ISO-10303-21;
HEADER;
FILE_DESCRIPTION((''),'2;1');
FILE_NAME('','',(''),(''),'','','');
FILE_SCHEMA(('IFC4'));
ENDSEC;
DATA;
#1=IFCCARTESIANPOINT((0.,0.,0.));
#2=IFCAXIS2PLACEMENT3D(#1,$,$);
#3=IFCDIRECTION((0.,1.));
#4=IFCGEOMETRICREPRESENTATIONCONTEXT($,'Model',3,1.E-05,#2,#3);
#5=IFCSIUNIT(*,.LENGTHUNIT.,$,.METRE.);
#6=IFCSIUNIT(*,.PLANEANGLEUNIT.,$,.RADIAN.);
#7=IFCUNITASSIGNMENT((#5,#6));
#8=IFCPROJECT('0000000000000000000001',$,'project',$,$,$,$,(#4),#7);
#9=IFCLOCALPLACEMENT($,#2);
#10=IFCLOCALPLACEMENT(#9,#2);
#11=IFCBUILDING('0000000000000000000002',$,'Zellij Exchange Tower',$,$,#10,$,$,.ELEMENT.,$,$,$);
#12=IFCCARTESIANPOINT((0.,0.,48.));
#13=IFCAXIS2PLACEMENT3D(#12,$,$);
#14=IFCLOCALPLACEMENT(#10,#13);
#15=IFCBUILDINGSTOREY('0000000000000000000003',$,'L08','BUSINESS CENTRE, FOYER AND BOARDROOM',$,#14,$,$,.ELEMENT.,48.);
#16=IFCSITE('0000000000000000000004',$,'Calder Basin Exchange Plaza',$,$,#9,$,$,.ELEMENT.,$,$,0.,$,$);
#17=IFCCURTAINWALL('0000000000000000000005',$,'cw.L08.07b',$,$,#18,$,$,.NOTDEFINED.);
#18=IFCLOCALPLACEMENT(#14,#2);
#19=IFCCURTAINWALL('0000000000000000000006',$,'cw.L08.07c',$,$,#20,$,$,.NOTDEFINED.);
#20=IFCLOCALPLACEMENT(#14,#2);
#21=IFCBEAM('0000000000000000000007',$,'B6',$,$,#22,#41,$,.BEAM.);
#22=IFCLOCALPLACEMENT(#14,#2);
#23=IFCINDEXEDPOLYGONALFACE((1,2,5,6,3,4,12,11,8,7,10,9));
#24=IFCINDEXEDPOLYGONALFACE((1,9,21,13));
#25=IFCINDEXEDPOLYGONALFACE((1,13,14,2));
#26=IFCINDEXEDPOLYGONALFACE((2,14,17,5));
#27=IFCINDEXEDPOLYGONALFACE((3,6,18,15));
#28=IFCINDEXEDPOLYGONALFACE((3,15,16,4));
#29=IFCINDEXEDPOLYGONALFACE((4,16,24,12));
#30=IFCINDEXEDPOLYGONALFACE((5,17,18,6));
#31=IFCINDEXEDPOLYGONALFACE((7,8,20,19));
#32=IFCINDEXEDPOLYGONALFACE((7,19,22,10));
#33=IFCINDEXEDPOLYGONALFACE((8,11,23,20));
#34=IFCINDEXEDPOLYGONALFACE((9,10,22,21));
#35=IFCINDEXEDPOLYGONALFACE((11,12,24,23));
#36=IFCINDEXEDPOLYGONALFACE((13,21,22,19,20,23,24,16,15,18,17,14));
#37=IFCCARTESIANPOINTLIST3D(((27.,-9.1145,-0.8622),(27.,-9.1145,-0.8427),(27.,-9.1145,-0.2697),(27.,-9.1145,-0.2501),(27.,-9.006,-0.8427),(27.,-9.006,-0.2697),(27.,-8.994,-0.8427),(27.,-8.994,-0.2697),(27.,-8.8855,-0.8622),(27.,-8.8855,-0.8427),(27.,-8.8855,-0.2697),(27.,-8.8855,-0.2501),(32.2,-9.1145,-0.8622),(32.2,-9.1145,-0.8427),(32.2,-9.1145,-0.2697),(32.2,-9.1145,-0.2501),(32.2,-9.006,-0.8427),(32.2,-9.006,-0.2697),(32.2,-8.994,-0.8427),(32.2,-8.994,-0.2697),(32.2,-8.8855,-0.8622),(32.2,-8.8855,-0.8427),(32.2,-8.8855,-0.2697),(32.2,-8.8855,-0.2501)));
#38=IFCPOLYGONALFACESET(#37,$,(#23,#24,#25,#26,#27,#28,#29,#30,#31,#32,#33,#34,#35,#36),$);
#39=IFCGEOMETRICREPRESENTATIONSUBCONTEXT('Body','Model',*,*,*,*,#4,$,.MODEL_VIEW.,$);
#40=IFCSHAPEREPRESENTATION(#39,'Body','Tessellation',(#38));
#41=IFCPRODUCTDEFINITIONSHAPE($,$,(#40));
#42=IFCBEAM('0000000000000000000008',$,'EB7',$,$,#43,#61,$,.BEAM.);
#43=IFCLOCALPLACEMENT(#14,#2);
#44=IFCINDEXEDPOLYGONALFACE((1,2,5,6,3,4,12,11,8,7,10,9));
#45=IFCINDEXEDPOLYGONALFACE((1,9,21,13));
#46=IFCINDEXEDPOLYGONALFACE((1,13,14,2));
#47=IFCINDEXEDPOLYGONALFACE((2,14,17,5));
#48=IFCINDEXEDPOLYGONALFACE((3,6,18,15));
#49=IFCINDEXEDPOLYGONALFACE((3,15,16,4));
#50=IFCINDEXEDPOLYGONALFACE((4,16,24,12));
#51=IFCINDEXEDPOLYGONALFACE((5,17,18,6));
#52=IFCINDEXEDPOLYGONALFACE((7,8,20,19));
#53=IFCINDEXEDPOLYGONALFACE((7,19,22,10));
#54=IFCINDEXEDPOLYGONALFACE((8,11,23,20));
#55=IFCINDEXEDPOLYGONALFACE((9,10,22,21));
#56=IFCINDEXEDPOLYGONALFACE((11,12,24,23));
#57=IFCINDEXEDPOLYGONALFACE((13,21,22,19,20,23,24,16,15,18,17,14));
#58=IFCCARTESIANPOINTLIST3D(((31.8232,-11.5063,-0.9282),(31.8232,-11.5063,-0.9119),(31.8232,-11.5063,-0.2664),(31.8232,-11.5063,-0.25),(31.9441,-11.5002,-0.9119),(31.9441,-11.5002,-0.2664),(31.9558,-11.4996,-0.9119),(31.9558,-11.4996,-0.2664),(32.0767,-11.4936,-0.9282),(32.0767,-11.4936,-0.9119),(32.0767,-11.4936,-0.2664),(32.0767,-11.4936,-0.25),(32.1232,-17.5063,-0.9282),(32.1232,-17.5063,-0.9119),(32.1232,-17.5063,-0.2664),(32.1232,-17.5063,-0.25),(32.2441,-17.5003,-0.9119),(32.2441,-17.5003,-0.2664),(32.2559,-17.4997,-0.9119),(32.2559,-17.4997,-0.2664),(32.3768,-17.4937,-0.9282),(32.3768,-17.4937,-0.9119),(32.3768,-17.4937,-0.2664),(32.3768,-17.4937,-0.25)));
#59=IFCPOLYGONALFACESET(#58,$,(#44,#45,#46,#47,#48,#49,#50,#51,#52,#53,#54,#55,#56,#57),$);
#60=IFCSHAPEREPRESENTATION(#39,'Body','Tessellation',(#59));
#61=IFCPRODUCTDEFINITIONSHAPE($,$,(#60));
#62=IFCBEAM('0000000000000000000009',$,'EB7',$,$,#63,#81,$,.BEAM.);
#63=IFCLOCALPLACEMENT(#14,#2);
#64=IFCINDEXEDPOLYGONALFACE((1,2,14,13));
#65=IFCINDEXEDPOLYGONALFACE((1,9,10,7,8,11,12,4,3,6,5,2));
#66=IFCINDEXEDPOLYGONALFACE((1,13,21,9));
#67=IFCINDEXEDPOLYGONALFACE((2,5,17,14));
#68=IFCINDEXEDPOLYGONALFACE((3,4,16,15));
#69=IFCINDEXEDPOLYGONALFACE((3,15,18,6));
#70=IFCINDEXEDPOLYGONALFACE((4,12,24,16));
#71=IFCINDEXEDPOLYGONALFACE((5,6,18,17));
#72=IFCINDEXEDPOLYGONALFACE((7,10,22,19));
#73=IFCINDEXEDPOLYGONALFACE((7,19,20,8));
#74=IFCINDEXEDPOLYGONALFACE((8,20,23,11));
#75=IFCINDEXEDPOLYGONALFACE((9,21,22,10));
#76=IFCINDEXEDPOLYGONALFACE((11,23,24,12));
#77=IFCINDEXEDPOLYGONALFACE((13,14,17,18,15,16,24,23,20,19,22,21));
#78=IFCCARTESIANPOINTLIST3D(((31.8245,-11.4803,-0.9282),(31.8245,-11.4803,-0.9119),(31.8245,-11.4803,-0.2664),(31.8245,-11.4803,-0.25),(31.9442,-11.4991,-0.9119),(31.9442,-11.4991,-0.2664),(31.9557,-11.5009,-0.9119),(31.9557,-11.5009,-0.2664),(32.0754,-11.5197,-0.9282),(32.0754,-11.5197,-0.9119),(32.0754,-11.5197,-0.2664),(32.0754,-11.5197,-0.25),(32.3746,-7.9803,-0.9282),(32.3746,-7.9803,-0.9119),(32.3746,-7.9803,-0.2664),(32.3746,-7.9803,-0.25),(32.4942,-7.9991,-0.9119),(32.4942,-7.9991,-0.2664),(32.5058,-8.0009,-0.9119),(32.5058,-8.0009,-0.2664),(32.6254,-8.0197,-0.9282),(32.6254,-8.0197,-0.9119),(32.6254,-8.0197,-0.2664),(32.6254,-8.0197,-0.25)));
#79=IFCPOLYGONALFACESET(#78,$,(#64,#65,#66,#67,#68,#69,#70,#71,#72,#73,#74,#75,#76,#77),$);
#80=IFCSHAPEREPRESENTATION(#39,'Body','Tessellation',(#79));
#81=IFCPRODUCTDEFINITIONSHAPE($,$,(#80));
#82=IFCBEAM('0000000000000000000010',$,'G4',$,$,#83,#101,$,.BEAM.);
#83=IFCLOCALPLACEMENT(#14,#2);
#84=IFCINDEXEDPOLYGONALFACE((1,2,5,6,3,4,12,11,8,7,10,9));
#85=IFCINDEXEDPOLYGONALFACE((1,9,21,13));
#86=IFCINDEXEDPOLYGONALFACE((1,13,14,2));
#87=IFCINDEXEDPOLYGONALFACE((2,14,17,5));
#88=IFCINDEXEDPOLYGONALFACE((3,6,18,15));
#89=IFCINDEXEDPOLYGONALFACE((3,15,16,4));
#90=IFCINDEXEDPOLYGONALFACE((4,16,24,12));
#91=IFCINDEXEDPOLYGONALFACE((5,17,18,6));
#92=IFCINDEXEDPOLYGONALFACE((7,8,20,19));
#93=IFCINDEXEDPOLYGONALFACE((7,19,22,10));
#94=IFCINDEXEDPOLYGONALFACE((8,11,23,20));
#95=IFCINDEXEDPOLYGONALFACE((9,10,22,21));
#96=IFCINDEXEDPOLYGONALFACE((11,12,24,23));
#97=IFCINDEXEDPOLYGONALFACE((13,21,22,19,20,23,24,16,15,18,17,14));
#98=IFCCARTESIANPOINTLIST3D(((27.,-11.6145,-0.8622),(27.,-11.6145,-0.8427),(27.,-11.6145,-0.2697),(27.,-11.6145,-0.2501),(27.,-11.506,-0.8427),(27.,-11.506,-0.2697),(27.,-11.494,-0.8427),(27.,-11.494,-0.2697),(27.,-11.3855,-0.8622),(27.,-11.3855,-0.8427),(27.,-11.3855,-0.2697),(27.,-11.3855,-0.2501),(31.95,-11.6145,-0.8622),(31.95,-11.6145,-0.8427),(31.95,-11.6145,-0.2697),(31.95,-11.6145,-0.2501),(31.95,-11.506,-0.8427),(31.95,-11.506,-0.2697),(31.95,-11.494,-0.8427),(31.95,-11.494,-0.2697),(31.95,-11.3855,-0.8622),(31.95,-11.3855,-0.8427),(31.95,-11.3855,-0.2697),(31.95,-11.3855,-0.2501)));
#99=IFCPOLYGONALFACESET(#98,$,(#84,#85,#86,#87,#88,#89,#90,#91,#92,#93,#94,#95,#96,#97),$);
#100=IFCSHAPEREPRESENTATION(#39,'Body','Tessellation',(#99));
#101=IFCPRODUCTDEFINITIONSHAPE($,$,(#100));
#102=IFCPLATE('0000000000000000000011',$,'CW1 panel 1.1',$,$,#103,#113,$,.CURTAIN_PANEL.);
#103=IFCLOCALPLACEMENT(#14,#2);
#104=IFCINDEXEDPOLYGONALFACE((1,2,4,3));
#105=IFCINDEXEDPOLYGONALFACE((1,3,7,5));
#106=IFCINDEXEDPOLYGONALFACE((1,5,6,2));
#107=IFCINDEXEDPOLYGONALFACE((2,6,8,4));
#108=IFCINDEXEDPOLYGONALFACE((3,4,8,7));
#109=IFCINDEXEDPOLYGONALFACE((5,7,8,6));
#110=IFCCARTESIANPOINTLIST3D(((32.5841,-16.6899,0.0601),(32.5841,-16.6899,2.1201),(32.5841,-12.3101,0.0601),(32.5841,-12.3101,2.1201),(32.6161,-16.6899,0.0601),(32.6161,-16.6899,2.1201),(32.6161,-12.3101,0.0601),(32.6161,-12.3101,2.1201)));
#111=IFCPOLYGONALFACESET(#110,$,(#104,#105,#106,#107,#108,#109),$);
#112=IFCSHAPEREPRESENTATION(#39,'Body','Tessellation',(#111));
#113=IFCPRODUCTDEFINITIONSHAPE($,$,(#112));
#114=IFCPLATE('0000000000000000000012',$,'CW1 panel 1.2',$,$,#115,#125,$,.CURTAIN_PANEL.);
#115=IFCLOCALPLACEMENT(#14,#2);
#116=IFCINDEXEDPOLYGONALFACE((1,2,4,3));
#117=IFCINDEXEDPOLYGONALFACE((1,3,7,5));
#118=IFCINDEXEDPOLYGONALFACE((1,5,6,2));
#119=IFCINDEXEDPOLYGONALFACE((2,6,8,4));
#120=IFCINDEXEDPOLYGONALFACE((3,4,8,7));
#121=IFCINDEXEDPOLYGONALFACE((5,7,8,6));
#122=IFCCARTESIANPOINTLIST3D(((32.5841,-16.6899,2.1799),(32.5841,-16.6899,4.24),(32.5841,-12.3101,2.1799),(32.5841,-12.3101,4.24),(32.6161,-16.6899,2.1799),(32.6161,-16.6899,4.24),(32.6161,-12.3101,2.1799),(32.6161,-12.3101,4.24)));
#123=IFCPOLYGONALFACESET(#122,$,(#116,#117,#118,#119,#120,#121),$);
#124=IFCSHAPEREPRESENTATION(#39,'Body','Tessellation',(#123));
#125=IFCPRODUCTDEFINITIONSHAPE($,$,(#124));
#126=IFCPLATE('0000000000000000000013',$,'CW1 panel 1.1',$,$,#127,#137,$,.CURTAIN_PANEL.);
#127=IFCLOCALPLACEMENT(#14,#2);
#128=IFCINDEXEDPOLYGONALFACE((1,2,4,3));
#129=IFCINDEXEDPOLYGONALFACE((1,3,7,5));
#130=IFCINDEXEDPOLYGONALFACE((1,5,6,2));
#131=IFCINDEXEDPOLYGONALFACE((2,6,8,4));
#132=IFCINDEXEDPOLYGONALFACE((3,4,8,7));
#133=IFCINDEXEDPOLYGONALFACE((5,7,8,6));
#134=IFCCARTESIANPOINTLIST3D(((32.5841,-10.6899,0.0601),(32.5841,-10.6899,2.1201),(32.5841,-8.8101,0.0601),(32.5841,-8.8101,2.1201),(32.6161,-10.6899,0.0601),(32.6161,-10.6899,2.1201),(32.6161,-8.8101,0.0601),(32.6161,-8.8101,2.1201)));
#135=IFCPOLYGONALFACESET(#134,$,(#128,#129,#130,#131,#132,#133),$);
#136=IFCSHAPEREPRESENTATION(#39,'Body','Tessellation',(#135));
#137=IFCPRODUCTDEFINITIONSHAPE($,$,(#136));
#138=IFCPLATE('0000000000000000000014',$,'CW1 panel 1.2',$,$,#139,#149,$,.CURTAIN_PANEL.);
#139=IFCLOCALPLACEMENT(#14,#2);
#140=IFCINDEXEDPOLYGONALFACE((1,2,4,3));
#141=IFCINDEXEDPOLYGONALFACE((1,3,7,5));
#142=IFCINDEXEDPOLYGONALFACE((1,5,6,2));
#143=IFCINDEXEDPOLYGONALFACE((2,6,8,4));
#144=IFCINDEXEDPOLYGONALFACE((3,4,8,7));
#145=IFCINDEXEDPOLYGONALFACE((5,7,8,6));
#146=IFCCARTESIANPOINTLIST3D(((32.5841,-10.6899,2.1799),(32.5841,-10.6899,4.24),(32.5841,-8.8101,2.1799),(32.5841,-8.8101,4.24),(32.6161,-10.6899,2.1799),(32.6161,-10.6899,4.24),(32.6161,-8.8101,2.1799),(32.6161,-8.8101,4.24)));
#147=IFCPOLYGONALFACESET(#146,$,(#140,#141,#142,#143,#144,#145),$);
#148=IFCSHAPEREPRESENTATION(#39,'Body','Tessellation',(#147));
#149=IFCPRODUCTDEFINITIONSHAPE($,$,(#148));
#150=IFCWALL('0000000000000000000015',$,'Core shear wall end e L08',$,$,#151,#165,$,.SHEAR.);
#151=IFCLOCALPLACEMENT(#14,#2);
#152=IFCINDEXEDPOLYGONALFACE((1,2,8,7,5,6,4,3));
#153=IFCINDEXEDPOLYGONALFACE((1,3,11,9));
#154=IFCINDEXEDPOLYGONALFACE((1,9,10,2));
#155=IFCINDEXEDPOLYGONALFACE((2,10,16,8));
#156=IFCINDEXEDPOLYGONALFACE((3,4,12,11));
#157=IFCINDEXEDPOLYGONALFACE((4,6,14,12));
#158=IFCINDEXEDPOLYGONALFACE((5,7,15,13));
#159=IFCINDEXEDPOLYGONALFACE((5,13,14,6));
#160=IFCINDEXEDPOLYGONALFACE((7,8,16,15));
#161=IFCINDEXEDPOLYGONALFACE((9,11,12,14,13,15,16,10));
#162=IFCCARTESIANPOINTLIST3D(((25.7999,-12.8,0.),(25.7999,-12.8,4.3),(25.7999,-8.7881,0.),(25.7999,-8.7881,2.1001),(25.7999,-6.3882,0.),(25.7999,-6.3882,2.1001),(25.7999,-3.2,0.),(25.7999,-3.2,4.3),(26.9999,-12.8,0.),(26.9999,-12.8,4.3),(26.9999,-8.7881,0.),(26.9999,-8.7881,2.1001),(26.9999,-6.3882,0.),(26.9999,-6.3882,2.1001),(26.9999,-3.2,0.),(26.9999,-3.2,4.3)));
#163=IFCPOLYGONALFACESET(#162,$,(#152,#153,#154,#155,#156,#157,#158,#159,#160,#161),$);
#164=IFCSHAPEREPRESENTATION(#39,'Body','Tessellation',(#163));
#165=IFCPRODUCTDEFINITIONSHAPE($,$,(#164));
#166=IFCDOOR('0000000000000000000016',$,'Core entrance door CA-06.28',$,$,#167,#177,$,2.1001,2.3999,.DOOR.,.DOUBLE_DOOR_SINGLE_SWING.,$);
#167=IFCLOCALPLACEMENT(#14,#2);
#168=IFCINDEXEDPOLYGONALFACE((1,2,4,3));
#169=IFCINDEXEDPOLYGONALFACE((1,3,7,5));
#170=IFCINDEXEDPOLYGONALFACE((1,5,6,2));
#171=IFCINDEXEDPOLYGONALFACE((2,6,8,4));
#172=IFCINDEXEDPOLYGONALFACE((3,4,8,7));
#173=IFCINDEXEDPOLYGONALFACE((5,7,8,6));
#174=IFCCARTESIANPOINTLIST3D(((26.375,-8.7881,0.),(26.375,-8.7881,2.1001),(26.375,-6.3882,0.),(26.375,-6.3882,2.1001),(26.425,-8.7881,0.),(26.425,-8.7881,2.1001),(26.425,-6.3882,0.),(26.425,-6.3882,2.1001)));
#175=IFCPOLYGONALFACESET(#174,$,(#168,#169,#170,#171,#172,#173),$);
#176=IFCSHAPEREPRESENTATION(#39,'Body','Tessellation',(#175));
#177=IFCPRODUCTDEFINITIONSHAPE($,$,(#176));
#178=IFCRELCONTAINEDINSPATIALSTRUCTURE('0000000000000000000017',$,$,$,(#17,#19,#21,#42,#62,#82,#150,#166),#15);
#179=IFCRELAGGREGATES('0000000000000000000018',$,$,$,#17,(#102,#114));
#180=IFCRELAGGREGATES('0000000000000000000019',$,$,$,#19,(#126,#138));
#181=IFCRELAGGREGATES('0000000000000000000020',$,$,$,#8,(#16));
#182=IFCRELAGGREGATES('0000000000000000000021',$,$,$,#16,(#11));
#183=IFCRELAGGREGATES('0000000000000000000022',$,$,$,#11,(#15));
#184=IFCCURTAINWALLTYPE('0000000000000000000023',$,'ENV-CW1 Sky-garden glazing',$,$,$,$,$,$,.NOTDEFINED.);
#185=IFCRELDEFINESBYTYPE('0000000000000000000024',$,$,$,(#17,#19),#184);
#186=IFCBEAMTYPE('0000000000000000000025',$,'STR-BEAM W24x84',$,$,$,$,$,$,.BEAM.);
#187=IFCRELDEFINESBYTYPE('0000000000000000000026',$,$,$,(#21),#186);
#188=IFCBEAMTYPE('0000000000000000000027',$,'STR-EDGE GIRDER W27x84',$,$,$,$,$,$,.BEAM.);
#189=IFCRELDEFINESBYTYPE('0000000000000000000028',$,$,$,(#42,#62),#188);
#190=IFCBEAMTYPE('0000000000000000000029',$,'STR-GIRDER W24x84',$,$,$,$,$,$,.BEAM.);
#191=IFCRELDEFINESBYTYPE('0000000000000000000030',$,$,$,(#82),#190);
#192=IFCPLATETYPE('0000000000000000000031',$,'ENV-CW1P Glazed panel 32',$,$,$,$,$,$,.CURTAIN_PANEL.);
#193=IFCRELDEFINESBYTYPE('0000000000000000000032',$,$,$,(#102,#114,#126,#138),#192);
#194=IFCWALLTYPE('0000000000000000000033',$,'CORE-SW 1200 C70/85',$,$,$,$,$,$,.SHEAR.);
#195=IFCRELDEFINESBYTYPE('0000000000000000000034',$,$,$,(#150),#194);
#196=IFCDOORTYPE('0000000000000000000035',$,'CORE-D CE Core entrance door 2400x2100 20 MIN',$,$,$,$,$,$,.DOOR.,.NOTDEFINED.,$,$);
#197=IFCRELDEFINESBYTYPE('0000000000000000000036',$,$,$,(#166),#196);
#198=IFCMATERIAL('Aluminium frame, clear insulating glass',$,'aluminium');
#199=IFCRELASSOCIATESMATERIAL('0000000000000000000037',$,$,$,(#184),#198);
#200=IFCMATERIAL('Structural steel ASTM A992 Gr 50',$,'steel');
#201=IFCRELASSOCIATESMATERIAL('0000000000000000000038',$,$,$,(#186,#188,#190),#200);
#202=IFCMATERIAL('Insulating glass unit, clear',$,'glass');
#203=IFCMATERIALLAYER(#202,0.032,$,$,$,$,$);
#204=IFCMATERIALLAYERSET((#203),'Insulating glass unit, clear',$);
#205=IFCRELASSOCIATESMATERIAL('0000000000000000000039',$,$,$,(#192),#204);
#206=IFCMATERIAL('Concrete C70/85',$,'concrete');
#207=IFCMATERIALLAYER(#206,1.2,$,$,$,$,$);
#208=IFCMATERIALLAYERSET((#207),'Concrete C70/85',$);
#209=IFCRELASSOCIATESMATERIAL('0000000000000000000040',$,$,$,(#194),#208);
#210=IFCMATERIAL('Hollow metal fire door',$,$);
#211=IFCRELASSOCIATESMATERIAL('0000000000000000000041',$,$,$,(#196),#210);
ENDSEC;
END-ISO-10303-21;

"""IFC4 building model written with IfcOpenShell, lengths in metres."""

from ifc_helpers import new_model, si_unit, direction, frame, frame_2d, origin, origin_2d, place, context, subcontext, project, spatial, rectangle, i_section, extrude, material, layer, layer_set, material_profile, profile_set, type_object, element, fill, aggregate, save


model = new_model("IFC4")

# Units and contexts
model_context = context("Model", 3, precision=1e-05, world=origin(), true_north=direction((0.0, 1.0)))
body_context = subcontext(model_context, "Body", "Model", "MODEL_VIEW")
ifc_project = project(units=[si_unit("LENGTHUNIT", "METRE"), si_unit("PLANEANGLEUNIT", "RADIAN")], contexts=[model_context])

# Site, building, storey
site_placement = place(None, origin())
site = spatial("IfcSite", under=ifc_project, at=site_placement, Name="Calder Basin Exchange Plaza", CompositionType="ELEMENT", RefElevation=0.0)
building_placement = place(site_placement, origin())
building = spatial("IfcBuilding", under=site, at=building_placement, Name="Zellij Exchange Tower", CompositionType="ELEMENT")
storey_placement = place(building_placement, frame((0.0, 0.0, 48.0)))
storey = spatial("IfcBuildingStorey", under=building, at=storey_placement, Name="L08", Description="BUSINESS CENTRE, FOYER AND BOARDROOM", CompositionType="ELEMENT", Elevation=48.0)

# Shared definitions
ifc_material_1 = material(Name="Concrete C70/85", Category="concrete")

# Curtain wall
ifc_material_2 = material(Name="Aluminium frame, clear insulating glass", Category="aluminium")
curtain_wall_type = type_object("IfcCurtainWallType", Name="ENV-CW1 Sky-garden glazing", PredefinedType="NOTDEFINED", material=ifc_material_2)
curtain_wall_1_placement = place(storey_placement, origin())
curtain_wall_1 = element("IfcCurtainWall", 1, at=curtain_wall_1_placement, inside=storey, type_object=curtain_wall_type, Name="cw.L08.07b", PredefinedType="NOTDEFINED")

# Curtain wall
curtain_wall_2_placement = place(storey_placement, origin())
curtain_wall_2 = element("IfcCurtainWall", 2, at=curtain_wall_2_placement, inside=storey, type_object=curtain_wall_type, Name="cw.L08.07c", PredefinedType="NOTDEFINED")

# Beams
ifc_material_3 = material(Name="Structural steel ASTM A992 Gr 50", Category="steel")
ifc_material_profile_1 = material_profile(ifc_material_3, i_section(OverallWidth=0.229, OverallDepth=0.6121, WebThickness=0.012, FlangeThickness=0.0195, at=origin_2d()), Name="W24x84")
ifc_profile_set_1 = profile_set([ifc_material_profile_1], Name="Structural steel ASTM A992 Gr 50")
beam_type_1 = type_object("IfcBeamType", Name="STR-BEAM W24x84", PredefinedType="BEAM", material=ifc_profile_set_1)
for number, where, z_axis, x_axis, name in (
    (3, (27.0, -9.0, -0.5562), (1.0, 0.0, 0.0), (0.0, 1.0, 0.0), "B6"),
):
    element("IfcBeam", number, at=place(storey_placement, frame(where, z_axis=z_axis, x_axis=x_axis)), inside=storey, type_object=beam_type_1, Name=name, PredefinedType="BEAM", context=body_context, shape_type="SweptSolid", body=[
        extrude(i_section(OverallWidth=0.229, OverallDepth=0.6121, WebThickness=0.012, FlangeThickness=0.0195, at=origin_2d()), origin(), (0.0, 0.0, 1.0), 5.2),
    ])
ifc_material_profile_2 = material_profile(ifc_material_3, i_section(OverallWidth=0.2539, OverallDepth=0.6782, WebThickness=0.0117, FlangeThickness=0.0164, at=origin_2d()), Name="W27x84")
ifc_profile_set_2 = profile_set([ifc_material_profile_2], Name="Structural steel ASTM A992 Gr 50")
beam_type_2 = type_object("IfcBeamType", Name="STR-EDGE GIRDER W27x84", PredefinedType="BEAM", material=ifc_profile_set_2)
beam_1_placement = place(storey_placement, frame((32.25, -17.5, -0.5891), z_axis=(-0.049946, 0.998752, 0.0), x_axis=(-0.998752, -0.049946, 0.0)))
element("IfcBeam", 4, at=beam_1_placement, inside=storey, type_object=beam_type_2, Name="EB7", PredefinedType="BEAM", context=body_context, shape_type="SweptSolid", body=[
    extrude(i_section(OverallWidth=0.2539, OverallDepth=0.6782, WebThickness=0.0117, FlangeThickness=0.0164, at=origin_2d()), origin(), (0.0, 0.0, 1.0), 6.0076),
])
beam_2_placement = place(storey_placement, frame((31.95, -11.5, -0.5891), z_axis=(0.155251, 0.987875, 0.0), x_axis=(-0.987875, 0.155251, 0.0)))
element("IfcBeam", 5, at=beam_2_placement, inside=storey, type_object=beam_type_2, Name="EB7", PredefinedType="BEAM", context=body_context, shape_type="SweptSolid", body=[
    extrude(i_section(OverallWidth=0.2539, OverallDepth=0.6782, WebThickness=0.0117, FlangeThickness=0.0164, at=origin_2d()), origin(), (0.0, 0.0, 1.0), 3.543),
])
ifc_material_profile_3 = material_profile(ifc_material_3, i_section(OverallWidth=0.229, OverallDepth=0.6121, WebThickness=0.012, FlangeThickness=0.0195, at=origin_2d()), Name="W24x84")
ifc_profile_set_3 = profile_set([ifc_material_profile_3], Name="Structural steel ASTM A992 Gr 50")
beam_type_3 = type_object("IfcBeamType", Name="STR-GIRDER W24x84", PredefinedType="BEAM", material=ifc_profile_set_3)
beam_3_placement = place(storey_placement, frame((27.0, -11.5, -0.5562), z_axis=(1.0, 0.0, 0.0), x_axis=(0.0, 1.0, 0.0)))
element("IfcBeam", 6, at=beam_3_placement, inside=storey, type_object=beam_type_3, Name="G4", PredefinedType="BEAM", context=body_context, shape_type="SweptSolid", body=[
    extrude(i_section(OverallWidth=0.229, OverallDepth=0.6121, WebThickness=0.012, FlangeThickness=0.0195, at=origin_2d()), origin(), (0.0, 0.0, 1.0), 4.95),
])

# Plates
ifc_material_4 = material(Name="Insulating glass unit, clear", Category="glass")
ifc_layer_1 = layer(ifc_material_4, 0.032)
ifc_layer_set_1 = layer_set([ifc_layer_1], Name="Insulating glass unit, clear")
plate_type = type_object("IfcPlateType", Name="ENV-CW1P Glazed panel 32", PredefinedType="CURTAIN_PANEL", material=ifc_layer_set_1)
plate_1_placement = place(storey_placement, frame((32.6001, -14.5, 0.0601), z_axis=(0.0, 0.0, 1.0), x_axis=(0.0, 1.0, 0.0)))
plate_1 = element("IfcPlate", 7, at=plate_1_placement, type_object=plate_type, Name="CW1 panel 1.1", PredefinedType="CURTAIN_PANEL", context=body_context, shape_type="SweptSolid", body=[
    extrude(rectangle(XDim=4.3799, YDim=0.032, at=origin_2d()), origin(), (0.0, 0.0, 1.0), 2.0601),
])
plate_2_placement = place(storey_placement, frame((32.6001, -14.5, 2.1799), z_axis=(0.0, 0.0, 1.0), x_axis=(0.0, 1.0, 0.0)))
plate_2 = element("IfcPlate", 8, at=plate_2_placement, type_object=plate_type, Name="CW1 panel 1.2", PredefinedType="CURTAIN_PANEL", context=body_context, shape_type="SweptSolid", body=[
    extrude(rectangle(XDim=4.3799, YDim=0.032, at=origin_2d()), origin(), (0.0, 0.0, 1.0), 2.0601),
])
aggregate(curtain_wall_1, [plate_1, plate_2])
plate_3_placement = place(storey_placement, frame((32.6001, -9.75, 0.0601), z_axis=(0.0, 0.0, 1.0), x_axis=(0.0, 1.0, 0.0)))
plate_3 = element("IfcPlate", 9, at=plate_3_placement, type_object=plate_type, Name="CW1 panel 1.1", PredefinedType="CURTAIN_PANEL", context=body_context, shape_type="SweptSolid", body=[
    extrude(rectangle(XDim=1.8799, YDim=0.032, at=origin_2d()), origin(), (0.0, 0.0, 1.0), 2.0601),
])
plate_4_placement = place(storey_placement, frame((32.6001, -9.75, 2.1799), z_axis=(0.0, 0.0, 1.0), x_axis=(0.0, 1.0, 0.0)))
plate_4 = element("IfcPlate", 10, at=plate_4_placement, type_object=plate_type, Name="CW1 panel 1.2", PredefinedType="CURTAIN_PANEL", context=body_context, shape_type="SweptSolid", body=[
    extrude(rectangle(XDim=1.8799, YDim=0.032, at=origin_2d()), origin(), (0.0, 0.0, 1.0), 2.0601),
])
aggregate(curtain_wall_2, [plate_3, plate_4])

# Wall, opening, door
ifc_layer_2 = layer(ifc_material_1, 1.2)
ifc_layer_set_2 = layer_set([ifc_layer_2], Name="Concrete C70/85")
wall_type_1 = type_object("IfcWallType", Name="CORE-SW 1200 C70/85", PredefinedType="SHEAR", material=ifc_layer_set_2)
wall_1_placement = place(storey_placement, frame((26.3999, -12.8, 0.0), z_axis=(0.0, 0.0, 1.0), x_axis=(0.0, 1.0, 0.0)))
wall_1 = element("IfcWall", 11, at=wall_1_placement, inside=storey, type_object=wall_type_1, Name="Core shear wall end e L08", PredefinedType="SHEAR", context=body_context, shape_type="SweptSolid", body=[
    extrude(rectangle(XDim=9.6001, YDim=1.2, at=frame_2d((4.8, 0.0))), origin(), (0.0, 0.0, 1.0), 4.3),
])
opening_1_placement = place(wall_1_placement, frame((4.012, 0.0, 0.0)))
opening_1 = element("IfcOpeningElement", 12, at=opening_1_placement, cuts=wall_1, PredefinedType="OPENING", context=body_context, shape_type="SweptSolid", body=[
    extrude(rectangle(XDim=2.3999, YDim=2.1001, at=frame_2d((1.2, 1.05))), frame((0.0, 0.6118, 0.0), z_axis=(0.0, -1.0, 0.0), x_axis=(1.0, 0.0, 0.0)), (0.0, 0.0, 1.0), 1.2239),
])
ifc_material_5 = material(Name="Hollow metal fire door")
door_type_1 = type_object("IfcDoorType", Name="CORE-D CE Core entrance door 2400x2100 20 MIN", OperationType="NOTDEFINED", PredefinedType="DOOR", material=ifc_material_5)
door_1_placement = place(opening_1_placement, origin())
door_1 = element("IfcDoor", 13, at=door_1_placement, inside=storey, type_object=door_type_1, Name="Core entrance door CA-06.28", OperationType="DOUBLE_DOOR_SINGLE_SWING", OverallHeight=2.1001, OverallWidth=2.3999, PredefinedType="DOOR", context=body_context, shape_type="SweptSolid", body=[
    extrude(rectangle(XDim=2.3999, YDim=2.1001, at=frame_2d((1.2, 1.05))), frame((0.0, 0.0249, 0.0), z_axis=(0.0, -1.0, 0.0), x_axis=(1.0, 0.0, 0.0)), (0.0, 0.0, 1.0), 0.05),
])
fill(opening_1, door_1)

save(model, "model.ifc")
